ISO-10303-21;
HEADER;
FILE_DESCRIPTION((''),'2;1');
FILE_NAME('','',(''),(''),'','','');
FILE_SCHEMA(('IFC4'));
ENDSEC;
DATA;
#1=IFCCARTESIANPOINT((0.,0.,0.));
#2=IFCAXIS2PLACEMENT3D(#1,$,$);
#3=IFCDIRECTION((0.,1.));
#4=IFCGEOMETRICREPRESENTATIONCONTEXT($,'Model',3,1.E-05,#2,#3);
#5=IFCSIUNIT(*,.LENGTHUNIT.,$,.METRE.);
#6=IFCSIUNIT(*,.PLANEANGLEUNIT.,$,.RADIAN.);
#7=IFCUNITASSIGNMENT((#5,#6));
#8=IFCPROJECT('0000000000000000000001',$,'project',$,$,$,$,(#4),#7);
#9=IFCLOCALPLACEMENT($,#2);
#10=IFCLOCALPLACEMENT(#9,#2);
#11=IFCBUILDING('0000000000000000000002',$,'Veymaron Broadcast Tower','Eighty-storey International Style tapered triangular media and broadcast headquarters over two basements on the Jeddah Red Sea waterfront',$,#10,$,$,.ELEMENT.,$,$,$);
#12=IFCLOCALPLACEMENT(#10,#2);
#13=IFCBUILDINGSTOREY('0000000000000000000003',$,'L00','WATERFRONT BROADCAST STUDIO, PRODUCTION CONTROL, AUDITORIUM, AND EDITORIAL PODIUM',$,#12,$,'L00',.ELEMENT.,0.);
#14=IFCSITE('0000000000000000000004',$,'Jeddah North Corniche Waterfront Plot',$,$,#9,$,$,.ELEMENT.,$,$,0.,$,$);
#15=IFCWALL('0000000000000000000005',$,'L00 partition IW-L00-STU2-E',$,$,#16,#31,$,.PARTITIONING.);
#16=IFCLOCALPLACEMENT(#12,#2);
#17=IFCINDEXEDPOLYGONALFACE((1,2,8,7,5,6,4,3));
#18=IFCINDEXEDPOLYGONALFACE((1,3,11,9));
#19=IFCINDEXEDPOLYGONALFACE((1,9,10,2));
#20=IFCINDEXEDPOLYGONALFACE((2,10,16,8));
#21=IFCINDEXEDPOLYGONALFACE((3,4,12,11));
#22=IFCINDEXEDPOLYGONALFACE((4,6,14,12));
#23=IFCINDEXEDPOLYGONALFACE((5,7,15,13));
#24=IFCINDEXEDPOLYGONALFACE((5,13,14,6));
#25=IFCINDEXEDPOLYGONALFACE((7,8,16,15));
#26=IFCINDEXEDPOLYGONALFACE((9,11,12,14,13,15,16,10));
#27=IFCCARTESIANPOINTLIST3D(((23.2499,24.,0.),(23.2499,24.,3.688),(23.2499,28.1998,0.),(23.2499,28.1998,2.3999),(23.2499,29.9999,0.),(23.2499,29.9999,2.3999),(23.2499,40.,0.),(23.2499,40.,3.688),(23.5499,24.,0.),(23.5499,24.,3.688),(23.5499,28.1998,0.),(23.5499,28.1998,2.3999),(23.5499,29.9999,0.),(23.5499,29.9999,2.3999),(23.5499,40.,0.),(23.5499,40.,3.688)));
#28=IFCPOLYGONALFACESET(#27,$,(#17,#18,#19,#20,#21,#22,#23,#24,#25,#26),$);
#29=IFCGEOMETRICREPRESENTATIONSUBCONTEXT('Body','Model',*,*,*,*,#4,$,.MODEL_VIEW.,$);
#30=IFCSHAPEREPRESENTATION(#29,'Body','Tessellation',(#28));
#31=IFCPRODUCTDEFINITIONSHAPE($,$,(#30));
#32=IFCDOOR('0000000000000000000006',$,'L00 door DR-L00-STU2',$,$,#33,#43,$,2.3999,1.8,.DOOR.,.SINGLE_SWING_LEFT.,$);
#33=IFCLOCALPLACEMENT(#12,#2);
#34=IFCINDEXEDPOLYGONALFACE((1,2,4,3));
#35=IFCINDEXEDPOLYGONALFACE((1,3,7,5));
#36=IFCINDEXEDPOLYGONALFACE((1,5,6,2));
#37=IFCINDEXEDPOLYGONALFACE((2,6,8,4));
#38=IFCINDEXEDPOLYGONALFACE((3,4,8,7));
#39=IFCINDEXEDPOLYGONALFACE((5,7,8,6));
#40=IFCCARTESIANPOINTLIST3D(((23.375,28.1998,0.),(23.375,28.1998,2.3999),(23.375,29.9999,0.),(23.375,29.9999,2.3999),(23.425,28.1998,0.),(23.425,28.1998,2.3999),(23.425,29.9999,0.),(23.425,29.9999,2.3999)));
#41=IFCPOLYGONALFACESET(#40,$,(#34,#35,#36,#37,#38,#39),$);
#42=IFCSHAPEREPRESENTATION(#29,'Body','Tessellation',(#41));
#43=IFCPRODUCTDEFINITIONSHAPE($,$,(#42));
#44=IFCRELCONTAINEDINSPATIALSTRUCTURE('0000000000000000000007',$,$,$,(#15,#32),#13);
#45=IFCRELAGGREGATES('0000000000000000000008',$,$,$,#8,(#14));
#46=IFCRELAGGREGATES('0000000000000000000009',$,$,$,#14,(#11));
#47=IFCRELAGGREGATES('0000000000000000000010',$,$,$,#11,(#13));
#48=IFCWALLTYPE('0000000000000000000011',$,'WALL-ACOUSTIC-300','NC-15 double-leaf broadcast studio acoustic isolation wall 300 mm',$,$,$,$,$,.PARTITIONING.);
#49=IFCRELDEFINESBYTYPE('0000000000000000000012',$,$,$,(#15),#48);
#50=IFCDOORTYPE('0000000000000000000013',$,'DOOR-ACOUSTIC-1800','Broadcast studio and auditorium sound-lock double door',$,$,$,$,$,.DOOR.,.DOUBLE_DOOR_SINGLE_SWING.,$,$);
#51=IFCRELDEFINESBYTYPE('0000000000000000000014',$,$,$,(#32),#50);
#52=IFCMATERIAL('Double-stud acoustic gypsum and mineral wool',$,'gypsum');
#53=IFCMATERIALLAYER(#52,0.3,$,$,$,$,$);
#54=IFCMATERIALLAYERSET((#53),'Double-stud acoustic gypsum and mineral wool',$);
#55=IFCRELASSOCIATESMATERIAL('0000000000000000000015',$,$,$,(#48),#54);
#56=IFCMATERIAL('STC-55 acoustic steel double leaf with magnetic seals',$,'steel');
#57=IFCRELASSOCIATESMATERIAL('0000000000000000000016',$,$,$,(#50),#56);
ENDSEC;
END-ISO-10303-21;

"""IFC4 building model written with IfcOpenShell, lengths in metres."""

from ifc_helpers import new_model, si_unit, direction, frame, frame_2d, origin, place, context, subcontext, project, spatial, rectangle, extrude, material, layer, layer_set, type_object, element, fill, save


model = new_model("IFC4")

# Units and contexts
model_context = context("Model", 3, precision=1e-05, world=origin(), true_north=direction((0.0, 1.0)))
body_context = subcontext(model_context, "Body", "Model", "MODEL_VIEW")
ifc_project = project(units=[si_unit("LENGTHUNIT", "METRE"), si_unit("PLANEANGLEUNIT", "RADIAN")], contexts=[model_context])

# Site, building, storey
site_placement = place(None, origin())
site = spatial("IfcSite", under=ifc_project, at=site_placement, Name="Jeddah North Corniche Waterfront Plot", CompositionType="ELEMENT", RefElevation=0.0)
building_placement = place(site_placement, origin())
building = spatial("IfcBuilding", under=site, at=building_placement, Name="Veymaron Broadcast Tower", Description="Eighty-storey International Style tapered triangular media and broadcast headquarters over two basements on the Jeddah Red Sea waterfront", CompositionType="ELEMENT")
storey_placement = place(building_placement, origin())
storey = spatial("IfcBuildingStorey", under=building, at=storey_placement, Name="L00", Description="WATERFRONT BROADCAST STUDIO, PRODUCTION CONTROL, AUDITORIUM, AND EDITORIAL PODIUM", LongName="L00", CompositionType="ELEMENT", Elevation=0.0)

# Wall, opening, door
ifc_material_1 = material(Name="Double-stud acoustic gypsum and mineral wool", Category="gypsum")
ifc_layer_1 = layer(ifc_material_1, 0.3)
ifc_layer_set_1 = layer_set([ifc_layer_1], Name="Double-stud acoustic gypsum and mineral wool")
wall_type = type_object("IfcWallType", Name="WALL-ACOUSTIC-300", Description="NC-15 double-leaf broadcast studio acoustic isolation wall 300 mm", PredefinedType="PARTITIONING", material=ifc_layer_set_1)
wall_placement = place(storey_placement, frame((23.3999, 24.0, 0.0), z_axis=(0.0, 0.0, 1.0), x_axis=(0.0, 1.0, 0.0)))
wall = element("IfcWall", 1, at=wall_placement, inside=storey, type_object=wall_type, Name="L00 partition IW-L00-STU2-E", PredefinedType="PARTITIONING", context=body_context, shape_type="SweptSolid", body=[
    extrude(rectangle(XDim=16.0, YDim=0.3, at=frame_2d((8.0, 0.0))), origin(), (0.0, 0.0, 1.0), 3.688),
])
opening_placement = place(wall_placement, frame((4.2, 0.0, 0.0)))
opening = element("IfcOpeningElement", 2, at=opening_placement, cuts=wall, PredefinedType="OPENING", context=body_context, shape_type="SweptSolid", body=[
    extrude(rectangle(XDim=1.8, YDim=2.3999, at=frame_2d((0.8999, 1.2))), frame((0.0, 0.1602, 0.0), z_axis=(0.0, -1.0, 0.0), x_axis=(1.0, 0.0, 0.0)), (0.0, 0.0, 1.0), 0.3201),
])
ifc_material_2 = material(Name="STC-55 acoustic steel double leaf with magnetic seals", Category="steel")
door_type = type_object("IfcDoorType", Name="DOOR-ACOUSTIC-1800", Description="Broadcast studio and auditorium sound-lock double door", OperationType="DOUBLE_DOOR_SINGLE_SWING", PredefinedType="DOOR", material=ifc_material_2)
door_placement = place(opening_placement, origin())
door = element("IfcDoor", 3, at=door_placement, inside=storey, type_object=door_type, Name="L00 door DR-L00-STU2", OperationType="SINGLE_SWING_LEFT", OverallHeight=2.3999, OverallWidth=1.8, PredefinedType="DOOR", context=body_context, shape_type="SweptSolid", body=[
    extrude(rectangle(XDim=1.8, YDim=2.3999, at=frame_2d((0.8999, 1.2))), frame((0.0, 0.0249, 0.0), z_axis=(0.0, -1.0, 0.0), x_axis=(1.0, 0.0, 0.0)), (0.0, 0.0, 1.0), 0.05),
])
fill(opening, door)

save(model, "model.ifc")
